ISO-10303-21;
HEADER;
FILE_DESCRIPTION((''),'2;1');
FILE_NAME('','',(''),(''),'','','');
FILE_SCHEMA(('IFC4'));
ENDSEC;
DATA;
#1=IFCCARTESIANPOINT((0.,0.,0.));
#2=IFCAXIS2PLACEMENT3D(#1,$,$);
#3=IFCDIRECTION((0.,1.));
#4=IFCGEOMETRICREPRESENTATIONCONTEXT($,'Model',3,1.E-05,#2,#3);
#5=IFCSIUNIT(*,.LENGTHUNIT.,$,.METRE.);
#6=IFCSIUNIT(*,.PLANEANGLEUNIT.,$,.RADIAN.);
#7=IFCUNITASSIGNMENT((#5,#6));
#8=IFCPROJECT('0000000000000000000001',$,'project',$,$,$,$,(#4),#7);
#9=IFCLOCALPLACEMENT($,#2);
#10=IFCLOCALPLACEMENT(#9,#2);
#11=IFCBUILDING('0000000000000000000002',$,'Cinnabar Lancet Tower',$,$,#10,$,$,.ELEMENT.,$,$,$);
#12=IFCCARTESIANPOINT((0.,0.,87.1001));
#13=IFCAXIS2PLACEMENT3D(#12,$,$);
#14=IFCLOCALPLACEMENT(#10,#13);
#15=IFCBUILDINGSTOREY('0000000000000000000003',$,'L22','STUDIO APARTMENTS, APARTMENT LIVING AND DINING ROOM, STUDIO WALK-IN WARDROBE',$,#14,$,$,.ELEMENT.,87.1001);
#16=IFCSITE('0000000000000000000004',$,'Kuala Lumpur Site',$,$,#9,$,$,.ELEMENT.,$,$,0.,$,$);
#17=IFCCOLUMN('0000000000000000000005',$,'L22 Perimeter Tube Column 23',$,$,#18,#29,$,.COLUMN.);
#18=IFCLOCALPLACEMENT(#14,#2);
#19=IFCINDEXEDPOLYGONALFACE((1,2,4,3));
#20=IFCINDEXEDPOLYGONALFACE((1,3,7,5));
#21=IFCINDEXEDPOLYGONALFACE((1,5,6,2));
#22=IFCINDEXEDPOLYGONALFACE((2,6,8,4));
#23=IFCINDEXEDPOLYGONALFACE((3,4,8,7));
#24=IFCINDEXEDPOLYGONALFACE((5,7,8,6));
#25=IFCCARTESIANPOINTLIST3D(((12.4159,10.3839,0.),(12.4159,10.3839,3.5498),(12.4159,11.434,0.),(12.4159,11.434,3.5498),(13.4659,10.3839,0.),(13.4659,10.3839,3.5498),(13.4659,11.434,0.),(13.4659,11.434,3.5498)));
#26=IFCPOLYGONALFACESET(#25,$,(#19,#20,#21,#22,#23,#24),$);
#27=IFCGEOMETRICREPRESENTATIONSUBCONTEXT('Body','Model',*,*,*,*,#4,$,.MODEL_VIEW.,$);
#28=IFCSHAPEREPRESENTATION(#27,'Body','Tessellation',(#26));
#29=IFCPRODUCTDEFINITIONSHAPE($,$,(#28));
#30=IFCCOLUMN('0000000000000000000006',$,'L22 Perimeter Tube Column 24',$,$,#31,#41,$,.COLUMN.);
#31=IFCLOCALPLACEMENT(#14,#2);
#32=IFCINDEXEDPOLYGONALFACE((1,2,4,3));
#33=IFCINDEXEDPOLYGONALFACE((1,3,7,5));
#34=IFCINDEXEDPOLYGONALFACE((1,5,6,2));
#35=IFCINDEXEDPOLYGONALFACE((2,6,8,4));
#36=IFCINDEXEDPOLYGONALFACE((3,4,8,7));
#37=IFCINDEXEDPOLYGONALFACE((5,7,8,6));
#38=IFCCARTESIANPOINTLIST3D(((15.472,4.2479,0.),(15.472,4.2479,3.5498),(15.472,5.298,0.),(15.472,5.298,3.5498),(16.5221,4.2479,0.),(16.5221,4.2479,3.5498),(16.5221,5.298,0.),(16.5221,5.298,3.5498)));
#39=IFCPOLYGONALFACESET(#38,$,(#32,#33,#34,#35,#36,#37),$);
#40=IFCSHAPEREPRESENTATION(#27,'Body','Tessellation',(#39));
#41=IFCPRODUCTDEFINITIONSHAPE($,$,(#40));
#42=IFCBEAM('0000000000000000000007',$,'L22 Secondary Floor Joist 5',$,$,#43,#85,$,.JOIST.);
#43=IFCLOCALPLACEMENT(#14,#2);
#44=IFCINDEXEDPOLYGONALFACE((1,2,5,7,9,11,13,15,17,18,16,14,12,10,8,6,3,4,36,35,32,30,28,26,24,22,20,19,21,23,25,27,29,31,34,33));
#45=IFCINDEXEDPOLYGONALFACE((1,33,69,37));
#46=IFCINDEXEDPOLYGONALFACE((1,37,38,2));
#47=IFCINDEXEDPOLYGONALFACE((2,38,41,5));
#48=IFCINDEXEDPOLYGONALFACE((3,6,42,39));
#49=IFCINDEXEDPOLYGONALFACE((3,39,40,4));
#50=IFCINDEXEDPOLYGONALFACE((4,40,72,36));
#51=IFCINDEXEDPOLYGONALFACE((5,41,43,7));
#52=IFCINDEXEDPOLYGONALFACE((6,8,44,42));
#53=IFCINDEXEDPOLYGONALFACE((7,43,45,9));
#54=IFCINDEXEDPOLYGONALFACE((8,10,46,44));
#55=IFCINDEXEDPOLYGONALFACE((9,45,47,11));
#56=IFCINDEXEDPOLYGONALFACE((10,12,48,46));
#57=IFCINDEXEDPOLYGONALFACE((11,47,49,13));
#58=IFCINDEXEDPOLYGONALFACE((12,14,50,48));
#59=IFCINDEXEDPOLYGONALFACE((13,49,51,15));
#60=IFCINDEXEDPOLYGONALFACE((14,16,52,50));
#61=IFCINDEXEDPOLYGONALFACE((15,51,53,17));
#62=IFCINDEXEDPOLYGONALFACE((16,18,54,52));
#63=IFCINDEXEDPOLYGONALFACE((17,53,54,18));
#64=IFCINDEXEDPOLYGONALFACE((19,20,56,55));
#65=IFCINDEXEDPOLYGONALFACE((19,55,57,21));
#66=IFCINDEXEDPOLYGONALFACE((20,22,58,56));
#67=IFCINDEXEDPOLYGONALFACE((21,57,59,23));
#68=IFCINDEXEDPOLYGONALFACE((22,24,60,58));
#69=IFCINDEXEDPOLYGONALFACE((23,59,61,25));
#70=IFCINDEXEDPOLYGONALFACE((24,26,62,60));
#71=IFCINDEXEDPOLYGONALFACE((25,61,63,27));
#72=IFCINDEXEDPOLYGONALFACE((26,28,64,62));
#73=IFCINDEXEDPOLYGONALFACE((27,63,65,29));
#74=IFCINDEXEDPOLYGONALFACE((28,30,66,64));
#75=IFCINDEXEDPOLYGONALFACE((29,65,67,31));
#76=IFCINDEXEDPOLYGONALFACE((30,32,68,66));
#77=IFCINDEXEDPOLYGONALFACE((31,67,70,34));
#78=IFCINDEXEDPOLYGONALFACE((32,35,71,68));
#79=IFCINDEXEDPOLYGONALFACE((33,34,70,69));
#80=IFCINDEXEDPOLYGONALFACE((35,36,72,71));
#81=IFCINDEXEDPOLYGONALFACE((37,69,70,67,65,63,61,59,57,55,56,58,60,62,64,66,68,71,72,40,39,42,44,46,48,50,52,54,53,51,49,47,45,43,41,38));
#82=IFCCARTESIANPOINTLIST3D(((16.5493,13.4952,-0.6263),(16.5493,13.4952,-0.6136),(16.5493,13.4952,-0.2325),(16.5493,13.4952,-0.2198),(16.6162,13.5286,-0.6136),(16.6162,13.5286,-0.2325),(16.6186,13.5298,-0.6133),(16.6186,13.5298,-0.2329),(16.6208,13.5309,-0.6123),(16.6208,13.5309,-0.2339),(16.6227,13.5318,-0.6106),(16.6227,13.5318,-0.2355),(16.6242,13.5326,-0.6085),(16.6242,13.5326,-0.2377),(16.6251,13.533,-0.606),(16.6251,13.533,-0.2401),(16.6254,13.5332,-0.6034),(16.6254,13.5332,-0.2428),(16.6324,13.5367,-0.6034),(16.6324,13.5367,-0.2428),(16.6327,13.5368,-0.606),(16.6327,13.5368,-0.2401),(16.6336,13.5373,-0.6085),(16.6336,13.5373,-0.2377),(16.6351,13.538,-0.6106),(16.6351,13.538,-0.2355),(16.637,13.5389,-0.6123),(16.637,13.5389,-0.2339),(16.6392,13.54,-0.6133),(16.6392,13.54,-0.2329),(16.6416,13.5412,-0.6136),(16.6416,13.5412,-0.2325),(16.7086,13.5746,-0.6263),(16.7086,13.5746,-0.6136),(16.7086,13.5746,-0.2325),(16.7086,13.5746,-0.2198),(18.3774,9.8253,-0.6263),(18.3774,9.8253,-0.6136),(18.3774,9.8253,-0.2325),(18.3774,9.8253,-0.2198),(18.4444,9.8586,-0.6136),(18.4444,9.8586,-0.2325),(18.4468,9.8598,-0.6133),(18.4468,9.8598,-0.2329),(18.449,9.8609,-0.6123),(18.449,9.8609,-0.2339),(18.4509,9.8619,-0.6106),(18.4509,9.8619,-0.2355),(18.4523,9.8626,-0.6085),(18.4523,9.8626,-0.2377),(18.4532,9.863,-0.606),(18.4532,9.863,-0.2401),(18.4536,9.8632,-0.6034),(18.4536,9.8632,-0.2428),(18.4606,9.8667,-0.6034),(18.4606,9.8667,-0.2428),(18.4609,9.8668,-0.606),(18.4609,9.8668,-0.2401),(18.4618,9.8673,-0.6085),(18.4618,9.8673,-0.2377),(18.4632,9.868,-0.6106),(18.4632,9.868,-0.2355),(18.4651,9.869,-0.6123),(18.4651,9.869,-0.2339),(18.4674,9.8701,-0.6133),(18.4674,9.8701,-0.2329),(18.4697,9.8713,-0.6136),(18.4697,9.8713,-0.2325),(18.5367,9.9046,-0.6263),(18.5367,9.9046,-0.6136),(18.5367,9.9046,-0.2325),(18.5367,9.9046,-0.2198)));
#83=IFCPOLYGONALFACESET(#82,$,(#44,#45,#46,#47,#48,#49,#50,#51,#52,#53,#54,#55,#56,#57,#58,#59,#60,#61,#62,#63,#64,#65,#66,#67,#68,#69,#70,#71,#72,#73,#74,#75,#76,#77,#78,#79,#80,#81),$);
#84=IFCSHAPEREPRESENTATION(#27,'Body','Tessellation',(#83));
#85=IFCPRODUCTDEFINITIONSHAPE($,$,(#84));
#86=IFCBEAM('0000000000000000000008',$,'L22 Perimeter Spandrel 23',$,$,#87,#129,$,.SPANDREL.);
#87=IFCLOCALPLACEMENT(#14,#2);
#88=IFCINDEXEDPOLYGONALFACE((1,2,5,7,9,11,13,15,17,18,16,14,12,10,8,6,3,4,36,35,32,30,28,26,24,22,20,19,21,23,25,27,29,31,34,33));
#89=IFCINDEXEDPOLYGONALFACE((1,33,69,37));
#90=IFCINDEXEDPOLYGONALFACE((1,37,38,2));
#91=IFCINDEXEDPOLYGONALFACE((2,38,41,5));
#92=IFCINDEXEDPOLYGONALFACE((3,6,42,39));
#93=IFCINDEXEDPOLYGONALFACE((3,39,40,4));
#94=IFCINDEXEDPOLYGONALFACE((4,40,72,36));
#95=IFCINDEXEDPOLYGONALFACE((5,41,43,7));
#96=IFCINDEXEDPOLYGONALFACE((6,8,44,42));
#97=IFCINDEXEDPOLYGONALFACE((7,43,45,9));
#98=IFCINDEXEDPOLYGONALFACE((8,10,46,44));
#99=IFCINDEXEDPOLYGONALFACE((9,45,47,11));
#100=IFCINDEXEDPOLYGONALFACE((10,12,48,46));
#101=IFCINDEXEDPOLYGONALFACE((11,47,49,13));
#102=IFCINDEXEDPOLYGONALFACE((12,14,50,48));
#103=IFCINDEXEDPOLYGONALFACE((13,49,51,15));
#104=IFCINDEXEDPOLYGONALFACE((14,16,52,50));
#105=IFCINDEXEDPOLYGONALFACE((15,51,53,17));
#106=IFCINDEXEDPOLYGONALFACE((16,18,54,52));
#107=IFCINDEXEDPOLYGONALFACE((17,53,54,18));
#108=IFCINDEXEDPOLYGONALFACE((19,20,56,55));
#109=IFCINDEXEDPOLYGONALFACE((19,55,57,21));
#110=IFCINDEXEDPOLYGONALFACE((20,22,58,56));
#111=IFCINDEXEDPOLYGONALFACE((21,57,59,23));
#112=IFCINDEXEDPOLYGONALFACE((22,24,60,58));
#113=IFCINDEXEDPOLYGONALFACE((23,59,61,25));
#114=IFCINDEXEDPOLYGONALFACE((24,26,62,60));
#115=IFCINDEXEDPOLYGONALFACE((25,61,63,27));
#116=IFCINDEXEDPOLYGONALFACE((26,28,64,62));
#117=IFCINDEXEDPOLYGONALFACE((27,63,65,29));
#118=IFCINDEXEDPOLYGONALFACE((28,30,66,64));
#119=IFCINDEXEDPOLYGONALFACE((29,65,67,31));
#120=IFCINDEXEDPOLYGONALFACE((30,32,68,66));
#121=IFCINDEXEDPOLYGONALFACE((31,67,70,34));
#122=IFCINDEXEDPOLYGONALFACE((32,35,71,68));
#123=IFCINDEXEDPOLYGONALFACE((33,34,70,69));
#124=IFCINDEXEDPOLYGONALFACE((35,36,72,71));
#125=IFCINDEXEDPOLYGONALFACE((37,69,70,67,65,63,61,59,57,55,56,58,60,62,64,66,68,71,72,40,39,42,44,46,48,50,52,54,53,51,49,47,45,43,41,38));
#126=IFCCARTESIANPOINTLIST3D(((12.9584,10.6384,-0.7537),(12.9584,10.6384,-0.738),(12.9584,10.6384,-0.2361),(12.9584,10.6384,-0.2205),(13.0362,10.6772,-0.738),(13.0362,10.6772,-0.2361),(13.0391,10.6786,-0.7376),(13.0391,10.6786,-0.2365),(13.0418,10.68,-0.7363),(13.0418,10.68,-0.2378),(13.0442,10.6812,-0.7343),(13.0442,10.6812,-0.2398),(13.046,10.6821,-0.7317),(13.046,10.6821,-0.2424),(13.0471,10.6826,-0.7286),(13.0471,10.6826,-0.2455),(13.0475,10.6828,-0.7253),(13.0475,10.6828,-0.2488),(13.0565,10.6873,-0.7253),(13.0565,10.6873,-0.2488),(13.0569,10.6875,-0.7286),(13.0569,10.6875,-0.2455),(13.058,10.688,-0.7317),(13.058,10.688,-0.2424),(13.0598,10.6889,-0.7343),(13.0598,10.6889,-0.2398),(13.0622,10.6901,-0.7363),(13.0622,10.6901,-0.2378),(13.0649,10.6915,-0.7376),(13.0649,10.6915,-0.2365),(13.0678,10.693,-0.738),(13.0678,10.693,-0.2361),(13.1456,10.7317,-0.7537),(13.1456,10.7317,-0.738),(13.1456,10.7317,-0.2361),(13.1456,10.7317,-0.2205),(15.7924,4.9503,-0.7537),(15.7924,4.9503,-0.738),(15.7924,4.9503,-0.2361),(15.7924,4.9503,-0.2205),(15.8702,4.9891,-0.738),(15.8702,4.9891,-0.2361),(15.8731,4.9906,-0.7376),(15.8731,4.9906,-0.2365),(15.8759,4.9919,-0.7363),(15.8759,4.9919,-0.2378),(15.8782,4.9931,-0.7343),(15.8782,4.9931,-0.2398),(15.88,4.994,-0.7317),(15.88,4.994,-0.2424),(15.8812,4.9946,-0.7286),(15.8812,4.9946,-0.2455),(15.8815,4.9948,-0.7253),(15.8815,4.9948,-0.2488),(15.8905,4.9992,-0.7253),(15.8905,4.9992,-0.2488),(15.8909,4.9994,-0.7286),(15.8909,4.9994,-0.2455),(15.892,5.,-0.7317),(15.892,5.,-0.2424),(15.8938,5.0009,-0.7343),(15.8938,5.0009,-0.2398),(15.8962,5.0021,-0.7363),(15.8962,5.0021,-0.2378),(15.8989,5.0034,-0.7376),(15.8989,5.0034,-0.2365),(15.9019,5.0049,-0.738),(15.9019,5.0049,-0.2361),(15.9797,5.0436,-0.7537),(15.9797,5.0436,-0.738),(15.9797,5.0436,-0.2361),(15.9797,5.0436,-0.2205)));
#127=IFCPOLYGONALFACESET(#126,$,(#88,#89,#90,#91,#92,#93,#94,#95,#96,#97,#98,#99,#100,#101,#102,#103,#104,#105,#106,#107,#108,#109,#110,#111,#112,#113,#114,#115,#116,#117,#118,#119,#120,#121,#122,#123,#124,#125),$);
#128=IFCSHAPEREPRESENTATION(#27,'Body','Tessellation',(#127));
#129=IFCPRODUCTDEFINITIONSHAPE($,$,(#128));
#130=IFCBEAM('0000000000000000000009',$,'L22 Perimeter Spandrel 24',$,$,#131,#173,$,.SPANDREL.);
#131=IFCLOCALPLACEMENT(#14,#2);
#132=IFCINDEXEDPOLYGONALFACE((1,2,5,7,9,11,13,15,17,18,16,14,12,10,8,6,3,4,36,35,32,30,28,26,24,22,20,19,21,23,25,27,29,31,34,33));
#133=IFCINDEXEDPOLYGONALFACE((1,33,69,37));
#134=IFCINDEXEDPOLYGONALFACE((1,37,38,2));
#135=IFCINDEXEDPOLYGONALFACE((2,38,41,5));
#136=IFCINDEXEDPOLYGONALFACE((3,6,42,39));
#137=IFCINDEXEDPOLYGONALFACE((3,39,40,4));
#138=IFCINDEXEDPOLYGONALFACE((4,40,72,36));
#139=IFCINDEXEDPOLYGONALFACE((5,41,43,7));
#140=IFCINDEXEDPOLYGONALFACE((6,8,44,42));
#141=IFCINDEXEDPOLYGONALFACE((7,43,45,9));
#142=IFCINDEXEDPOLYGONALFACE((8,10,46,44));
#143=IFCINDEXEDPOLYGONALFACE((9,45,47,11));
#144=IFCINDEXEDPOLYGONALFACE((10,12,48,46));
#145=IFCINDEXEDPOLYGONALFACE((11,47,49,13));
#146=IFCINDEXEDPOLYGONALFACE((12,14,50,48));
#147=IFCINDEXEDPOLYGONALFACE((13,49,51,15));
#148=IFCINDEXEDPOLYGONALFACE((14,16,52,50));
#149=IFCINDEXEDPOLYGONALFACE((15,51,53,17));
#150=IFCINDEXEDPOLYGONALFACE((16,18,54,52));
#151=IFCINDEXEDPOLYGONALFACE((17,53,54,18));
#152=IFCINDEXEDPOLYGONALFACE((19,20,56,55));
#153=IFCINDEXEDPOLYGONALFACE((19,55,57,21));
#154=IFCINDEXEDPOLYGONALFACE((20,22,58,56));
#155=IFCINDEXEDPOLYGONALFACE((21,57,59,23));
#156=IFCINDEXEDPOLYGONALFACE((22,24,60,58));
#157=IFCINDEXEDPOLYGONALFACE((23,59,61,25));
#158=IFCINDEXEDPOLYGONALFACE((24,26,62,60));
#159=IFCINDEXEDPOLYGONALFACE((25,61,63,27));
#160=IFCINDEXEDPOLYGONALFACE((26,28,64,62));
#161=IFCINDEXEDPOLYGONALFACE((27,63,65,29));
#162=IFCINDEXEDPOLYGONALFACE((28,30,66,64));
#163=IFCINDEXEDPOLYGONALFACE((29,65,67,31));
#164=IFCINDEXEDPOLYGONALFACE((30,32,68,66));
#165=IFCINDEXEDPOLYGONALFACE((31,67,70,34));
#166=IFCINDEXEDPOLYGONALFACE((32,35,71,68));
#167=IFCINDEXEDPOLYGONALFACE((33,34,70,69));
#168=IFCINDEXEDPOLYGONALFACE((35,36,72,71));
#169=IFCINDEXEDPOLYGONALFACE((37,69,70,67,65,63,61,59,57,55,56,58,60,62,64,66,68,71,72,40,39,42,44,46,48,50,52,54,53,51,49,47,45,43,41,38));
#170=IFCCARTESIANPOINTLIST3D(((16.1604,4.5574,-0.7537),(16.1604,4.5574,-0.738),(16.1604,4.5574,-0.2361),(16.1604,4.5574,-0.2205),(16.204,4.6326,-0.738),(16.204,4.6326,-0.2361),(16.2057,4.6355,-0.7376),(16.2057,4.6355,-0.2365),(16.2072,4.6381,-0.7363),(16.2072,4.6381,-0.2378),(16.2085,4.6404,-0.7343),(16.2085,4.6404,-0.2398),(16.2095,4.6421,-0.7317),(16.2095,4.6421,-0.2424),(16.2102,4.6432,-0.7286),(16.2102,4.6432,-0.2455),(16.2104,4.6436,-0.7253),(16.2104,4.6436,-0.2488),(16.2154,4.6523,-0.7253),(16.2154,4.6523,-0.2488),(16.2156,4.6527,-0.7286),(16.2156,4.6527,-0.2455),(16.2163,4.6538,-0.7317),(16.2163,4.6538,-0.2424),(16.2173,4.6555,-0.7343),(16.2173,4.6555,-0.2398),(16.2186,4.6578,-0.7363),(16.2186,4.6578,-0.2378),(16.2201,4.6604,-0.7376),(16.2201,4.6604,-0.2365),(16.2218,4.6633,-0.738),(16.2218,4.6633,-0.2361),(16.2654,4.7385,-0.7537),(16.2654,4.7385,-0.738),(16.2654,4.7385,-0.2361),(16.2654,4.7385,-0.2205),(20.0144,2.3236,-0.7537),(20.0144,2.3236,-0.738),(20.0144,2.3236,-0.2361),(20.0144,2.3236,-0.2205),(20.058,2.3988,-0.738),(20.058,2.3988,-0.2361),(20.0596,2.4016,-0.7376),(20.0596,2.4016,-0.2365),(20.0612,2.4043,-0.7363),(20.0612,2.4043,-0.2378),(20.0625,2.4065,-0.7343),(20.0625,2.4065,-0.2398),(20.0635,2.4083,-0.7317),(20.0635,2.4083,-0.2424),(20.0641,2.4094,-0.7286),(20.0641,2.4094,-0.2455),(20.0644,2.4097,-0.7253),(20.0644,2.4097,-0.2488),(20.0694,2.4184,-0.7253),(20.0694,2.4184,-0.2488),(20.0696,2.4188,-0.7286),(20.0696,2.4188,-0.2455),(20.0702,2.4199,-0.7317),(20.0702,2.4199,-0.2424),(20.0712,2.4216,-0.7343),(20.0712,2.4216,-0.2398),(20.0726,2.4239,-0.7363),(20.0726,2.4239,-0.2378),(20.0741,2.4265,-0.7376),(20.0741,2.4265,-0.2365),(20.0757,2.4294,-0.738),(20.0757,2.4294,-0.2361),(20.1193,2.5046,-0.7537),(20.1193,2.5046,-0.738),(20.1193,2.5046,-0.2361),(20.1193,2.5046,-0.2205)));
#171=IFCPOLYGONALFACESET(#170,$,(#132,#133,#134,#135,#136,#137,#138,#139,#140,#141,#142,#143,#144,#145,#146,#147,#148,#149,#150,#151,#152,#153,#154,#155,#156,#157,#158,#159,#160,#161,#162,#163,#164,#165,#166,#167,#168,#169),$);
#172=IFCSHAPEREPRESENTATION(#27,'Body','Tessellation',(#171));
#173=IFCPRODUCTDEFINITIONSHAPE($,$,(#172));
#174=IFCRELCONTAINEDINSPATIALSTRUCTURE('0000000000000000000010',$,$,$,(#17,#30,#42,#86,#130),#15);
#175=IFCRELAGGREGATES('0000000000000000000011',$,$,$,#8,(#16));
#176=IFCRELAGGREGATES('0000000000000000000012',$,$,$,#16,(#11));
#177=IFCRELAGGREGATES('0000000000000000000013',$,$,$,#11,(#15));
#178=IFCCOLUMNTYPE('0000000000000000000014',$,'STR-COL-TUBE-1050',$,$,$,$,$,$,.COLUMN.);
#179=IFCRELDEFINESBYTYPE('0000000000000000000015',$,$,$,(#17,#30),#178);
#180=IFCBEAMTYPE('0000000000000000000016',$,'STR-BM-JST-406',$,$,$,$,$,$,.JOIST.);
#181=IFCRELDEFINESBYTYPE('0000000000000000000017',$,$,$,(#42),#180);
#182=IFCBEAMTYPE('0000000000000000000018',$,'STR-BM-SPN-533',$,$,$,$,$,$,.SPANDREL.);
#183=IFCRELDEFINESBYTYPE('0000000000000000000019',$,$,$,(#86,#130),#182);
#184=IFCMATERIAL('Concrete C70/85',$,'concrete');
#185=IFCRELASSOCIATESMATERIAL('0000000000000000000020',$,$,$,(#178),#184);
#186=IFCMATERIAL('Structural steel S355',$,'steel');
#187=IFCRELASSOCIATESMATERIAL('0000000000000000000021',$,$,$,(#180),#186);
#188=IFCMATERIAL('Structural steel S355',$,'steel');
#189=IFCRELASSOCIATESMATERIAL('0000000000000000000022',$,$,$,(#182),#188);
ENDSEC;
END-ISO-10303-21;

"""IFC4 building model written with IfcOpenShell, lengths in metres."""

from ifc_helpers import new_model, si_unit, direction, frame, origin, origin_2d, place, context, subcontext, project, spatial, rectangle, i_section, extrude, material, material_profile, profile_set, type_object, element, save


model = new_model("IFC4")

# Units and contexts
model_context = context("Model", 3, precision=1e-05, world=origin(), true_north=direction((0.0, 1.0)))
body_context = subcontext(model_context, "Body", "Model", "MODEL_VIEW")
ifc_project = project(units=[si_unit("LENGTHUNIT", "METRE"), si_unit("PLANEANGLEUNIT", "RADIAN")], contexts=[model_context])

# Site, building, storey
site_placement = place(None, origin())
site = spatial("IfcSite", under=ifc_project, at=site_placement, Name="Kuala Lumpur Site", CompositionType="ELEMENT", RefElevation=0.0)
building_placement = place(site_placement, origin())
building = spatial("IfcBuilding", under=site, at=building_placement, Name="Cinnabar Lancet Tower", CompositionType="ELEMENT")
storey_placement = place(building_placement, frame((0.0, 0.0, 87.1001)))
storey = spatial("IfcBuildingStorey", under=building, at=storey_placement, Name="L22", Description="STUDIO APARTMENTS, APARTMENT LIVING AND DINING ROOM, STUDIO WALK-IN WARDROBE", CompositionType="ELEMENT", Elevation=87.1001)

# Columns
ifc_material_1 = material(Name="Concrete C70/85", Category="concrete")
ifc_material_profile_1 = material_profile(ifc_material_1, rectangle(XDim=1.05, YDim=1.05, at=origin_2d()), Name="RC-COL 1050x1050")
ifc_profile_set_1 = profile_set([ifc_material_profile_1], Name="Concrete C70/85")
column_type = type_object("IfcColumnType", Name="STR-COL-TUBE-1050", PredefinedType="COLUMN", material=ifc_profile_set_1)
for number, where, z_axis, x_axis, name in (
    (1, (12.9409, 10.9089, 0.0), (0.0, 0.0, 1.0), (1.0, 0.0, 0.0), "L22 Perimeter Tube Column 23"),
    (2, (15.9971, 4.7729, 0.0), (0.0, 0.0, 1.0), (1.0, 0.0, 0.0), "L22 Perimeter Tube Column 24"),
):
    element("IfcColumn", number, at=place(storey_placement, frame(where, z_axis=z_axis, x_axis=x_axis)), inside=storey, type_object=column_type, Name=name, PredefinedType="COLUMN", context=body_context, shape_type="SweptSolid", body=[
        extrude(rectangle(XDim=1.05, YDim=1.05, at=origin_2d()), origin(), (0.0, 0.0, 1.0), 3.5498),
    ])

# Beams
ifc_material_2 = material(Name="Structural steel S355", Category="steel")
ifc_material_profile_2 = material_profile(ifc_material_2, i_section(OverallWidth=0.178, OverallDepth=0.4065, WebThickness=0.0078, FlangeThickness=0.0127, FilletRadius=0.0103, at=origin_2d()), Name="UKB 406x178x60")
ifc_profile_set_2 = profile_set([ifc_material_profile_2], Name="Structural steel S355")
beam_type_1 = type_object("IfcBeamType", Name="STR-BM-JST-406", PredefinedType="JOIST", material=ifc_profile_set_2)
beam_1_placement = place(storey_placement, frame((16.6289, 13.5349, -0.4231), z_axis=(0.445879, -0.895093, 0.0), x_axis=(0.895093, 0.445879, 0.0)))
element("IfcBeam", 3, at=beam_1_placement, inside=storey, type_object=beam_type_1, Name="L22 Secondary Floor Joist 5", PredefinedType="JOIST", context=body_context, shape_type="SweptSolid", body=[
    extrude(i_section(OverallWidth=0.178, OverallDepth=0.4065, WebThickness=0.0078, FlangeThickness=0.0127, FilletRadius=0.0103, at=origin_2d()), origin(), (0.0, 0.0, 1.0), 4.1001),
])
ifc_material_3 = material(Name="Structural steel S355", Category="steel")
ifc_material_profile_3 = material_profile(ifc_material_3, i_section(OverallWidth=0.2092, OverallDepth=0.5332, WebThickness=0.01, FlangeThickness=0.0156, FilletRadius=0.0127, at=origin_2d()), Name="UKB 533x210x92")
ifc_profile_set_3 = profile_set([ifc_material_profile_3], Name="Structural steel S355")
beam_type_2 = type_object("IfcBeamType", Name="STR-BM-SPN-533", PredefinedType="SPANDREL", material=ifc_profile_set_3)
beam_2_placement = place(storey_placement, frame((13.052, 10.6851, -0.4871), z_axis=(0.445953, -0.895056, 0.0), x_axis=(0.895056, 0.445953, 0.0)))
element("IfcBeam", 4, at=beam_2_placement, inside=storey, type_object=beam_type_2, Name="L22 Perimeter Spandrel 23", PredefinedType="SPANDREL", context=body_context, shape_type="SweptSolid", body=[
    extrude(i_section(OverallWidth=0.2092, OverallDepth=0.5332, WebThickness=0.01, FlangeThickness=0.0156, FilletRadius=0.0127, at=origin_2d()), origin(), (0.0, 0.0, 1.0), 6.355),
])
beam_3_placement = place(storey_placement, frame((16.2129, 4.6479, -0.4871), z_axis=(0.865171, -0.501477, 0.0), x_axis=(0.501477, 0.865171, 0.0)))
element("IfcBeam", 5, at=beam_3_placement, inside=storey, type_object=beam_type_2, Name="L22 Perimeter Spandrel 24", PredefinedType="SPANDREL", context=body_context, shape_type="SweptSolid", body=[
    extrude(i_section(OverallWidth=0.2092, OverallDepth=0.5332, WebThickness=0.01, FlangeThickness=0.0156, FilletRadius=0.0127, at=origin_2d()), origin(), (0.0, 0.0, 1.0), 4.4546),
])

save(model, "model.ifc")
